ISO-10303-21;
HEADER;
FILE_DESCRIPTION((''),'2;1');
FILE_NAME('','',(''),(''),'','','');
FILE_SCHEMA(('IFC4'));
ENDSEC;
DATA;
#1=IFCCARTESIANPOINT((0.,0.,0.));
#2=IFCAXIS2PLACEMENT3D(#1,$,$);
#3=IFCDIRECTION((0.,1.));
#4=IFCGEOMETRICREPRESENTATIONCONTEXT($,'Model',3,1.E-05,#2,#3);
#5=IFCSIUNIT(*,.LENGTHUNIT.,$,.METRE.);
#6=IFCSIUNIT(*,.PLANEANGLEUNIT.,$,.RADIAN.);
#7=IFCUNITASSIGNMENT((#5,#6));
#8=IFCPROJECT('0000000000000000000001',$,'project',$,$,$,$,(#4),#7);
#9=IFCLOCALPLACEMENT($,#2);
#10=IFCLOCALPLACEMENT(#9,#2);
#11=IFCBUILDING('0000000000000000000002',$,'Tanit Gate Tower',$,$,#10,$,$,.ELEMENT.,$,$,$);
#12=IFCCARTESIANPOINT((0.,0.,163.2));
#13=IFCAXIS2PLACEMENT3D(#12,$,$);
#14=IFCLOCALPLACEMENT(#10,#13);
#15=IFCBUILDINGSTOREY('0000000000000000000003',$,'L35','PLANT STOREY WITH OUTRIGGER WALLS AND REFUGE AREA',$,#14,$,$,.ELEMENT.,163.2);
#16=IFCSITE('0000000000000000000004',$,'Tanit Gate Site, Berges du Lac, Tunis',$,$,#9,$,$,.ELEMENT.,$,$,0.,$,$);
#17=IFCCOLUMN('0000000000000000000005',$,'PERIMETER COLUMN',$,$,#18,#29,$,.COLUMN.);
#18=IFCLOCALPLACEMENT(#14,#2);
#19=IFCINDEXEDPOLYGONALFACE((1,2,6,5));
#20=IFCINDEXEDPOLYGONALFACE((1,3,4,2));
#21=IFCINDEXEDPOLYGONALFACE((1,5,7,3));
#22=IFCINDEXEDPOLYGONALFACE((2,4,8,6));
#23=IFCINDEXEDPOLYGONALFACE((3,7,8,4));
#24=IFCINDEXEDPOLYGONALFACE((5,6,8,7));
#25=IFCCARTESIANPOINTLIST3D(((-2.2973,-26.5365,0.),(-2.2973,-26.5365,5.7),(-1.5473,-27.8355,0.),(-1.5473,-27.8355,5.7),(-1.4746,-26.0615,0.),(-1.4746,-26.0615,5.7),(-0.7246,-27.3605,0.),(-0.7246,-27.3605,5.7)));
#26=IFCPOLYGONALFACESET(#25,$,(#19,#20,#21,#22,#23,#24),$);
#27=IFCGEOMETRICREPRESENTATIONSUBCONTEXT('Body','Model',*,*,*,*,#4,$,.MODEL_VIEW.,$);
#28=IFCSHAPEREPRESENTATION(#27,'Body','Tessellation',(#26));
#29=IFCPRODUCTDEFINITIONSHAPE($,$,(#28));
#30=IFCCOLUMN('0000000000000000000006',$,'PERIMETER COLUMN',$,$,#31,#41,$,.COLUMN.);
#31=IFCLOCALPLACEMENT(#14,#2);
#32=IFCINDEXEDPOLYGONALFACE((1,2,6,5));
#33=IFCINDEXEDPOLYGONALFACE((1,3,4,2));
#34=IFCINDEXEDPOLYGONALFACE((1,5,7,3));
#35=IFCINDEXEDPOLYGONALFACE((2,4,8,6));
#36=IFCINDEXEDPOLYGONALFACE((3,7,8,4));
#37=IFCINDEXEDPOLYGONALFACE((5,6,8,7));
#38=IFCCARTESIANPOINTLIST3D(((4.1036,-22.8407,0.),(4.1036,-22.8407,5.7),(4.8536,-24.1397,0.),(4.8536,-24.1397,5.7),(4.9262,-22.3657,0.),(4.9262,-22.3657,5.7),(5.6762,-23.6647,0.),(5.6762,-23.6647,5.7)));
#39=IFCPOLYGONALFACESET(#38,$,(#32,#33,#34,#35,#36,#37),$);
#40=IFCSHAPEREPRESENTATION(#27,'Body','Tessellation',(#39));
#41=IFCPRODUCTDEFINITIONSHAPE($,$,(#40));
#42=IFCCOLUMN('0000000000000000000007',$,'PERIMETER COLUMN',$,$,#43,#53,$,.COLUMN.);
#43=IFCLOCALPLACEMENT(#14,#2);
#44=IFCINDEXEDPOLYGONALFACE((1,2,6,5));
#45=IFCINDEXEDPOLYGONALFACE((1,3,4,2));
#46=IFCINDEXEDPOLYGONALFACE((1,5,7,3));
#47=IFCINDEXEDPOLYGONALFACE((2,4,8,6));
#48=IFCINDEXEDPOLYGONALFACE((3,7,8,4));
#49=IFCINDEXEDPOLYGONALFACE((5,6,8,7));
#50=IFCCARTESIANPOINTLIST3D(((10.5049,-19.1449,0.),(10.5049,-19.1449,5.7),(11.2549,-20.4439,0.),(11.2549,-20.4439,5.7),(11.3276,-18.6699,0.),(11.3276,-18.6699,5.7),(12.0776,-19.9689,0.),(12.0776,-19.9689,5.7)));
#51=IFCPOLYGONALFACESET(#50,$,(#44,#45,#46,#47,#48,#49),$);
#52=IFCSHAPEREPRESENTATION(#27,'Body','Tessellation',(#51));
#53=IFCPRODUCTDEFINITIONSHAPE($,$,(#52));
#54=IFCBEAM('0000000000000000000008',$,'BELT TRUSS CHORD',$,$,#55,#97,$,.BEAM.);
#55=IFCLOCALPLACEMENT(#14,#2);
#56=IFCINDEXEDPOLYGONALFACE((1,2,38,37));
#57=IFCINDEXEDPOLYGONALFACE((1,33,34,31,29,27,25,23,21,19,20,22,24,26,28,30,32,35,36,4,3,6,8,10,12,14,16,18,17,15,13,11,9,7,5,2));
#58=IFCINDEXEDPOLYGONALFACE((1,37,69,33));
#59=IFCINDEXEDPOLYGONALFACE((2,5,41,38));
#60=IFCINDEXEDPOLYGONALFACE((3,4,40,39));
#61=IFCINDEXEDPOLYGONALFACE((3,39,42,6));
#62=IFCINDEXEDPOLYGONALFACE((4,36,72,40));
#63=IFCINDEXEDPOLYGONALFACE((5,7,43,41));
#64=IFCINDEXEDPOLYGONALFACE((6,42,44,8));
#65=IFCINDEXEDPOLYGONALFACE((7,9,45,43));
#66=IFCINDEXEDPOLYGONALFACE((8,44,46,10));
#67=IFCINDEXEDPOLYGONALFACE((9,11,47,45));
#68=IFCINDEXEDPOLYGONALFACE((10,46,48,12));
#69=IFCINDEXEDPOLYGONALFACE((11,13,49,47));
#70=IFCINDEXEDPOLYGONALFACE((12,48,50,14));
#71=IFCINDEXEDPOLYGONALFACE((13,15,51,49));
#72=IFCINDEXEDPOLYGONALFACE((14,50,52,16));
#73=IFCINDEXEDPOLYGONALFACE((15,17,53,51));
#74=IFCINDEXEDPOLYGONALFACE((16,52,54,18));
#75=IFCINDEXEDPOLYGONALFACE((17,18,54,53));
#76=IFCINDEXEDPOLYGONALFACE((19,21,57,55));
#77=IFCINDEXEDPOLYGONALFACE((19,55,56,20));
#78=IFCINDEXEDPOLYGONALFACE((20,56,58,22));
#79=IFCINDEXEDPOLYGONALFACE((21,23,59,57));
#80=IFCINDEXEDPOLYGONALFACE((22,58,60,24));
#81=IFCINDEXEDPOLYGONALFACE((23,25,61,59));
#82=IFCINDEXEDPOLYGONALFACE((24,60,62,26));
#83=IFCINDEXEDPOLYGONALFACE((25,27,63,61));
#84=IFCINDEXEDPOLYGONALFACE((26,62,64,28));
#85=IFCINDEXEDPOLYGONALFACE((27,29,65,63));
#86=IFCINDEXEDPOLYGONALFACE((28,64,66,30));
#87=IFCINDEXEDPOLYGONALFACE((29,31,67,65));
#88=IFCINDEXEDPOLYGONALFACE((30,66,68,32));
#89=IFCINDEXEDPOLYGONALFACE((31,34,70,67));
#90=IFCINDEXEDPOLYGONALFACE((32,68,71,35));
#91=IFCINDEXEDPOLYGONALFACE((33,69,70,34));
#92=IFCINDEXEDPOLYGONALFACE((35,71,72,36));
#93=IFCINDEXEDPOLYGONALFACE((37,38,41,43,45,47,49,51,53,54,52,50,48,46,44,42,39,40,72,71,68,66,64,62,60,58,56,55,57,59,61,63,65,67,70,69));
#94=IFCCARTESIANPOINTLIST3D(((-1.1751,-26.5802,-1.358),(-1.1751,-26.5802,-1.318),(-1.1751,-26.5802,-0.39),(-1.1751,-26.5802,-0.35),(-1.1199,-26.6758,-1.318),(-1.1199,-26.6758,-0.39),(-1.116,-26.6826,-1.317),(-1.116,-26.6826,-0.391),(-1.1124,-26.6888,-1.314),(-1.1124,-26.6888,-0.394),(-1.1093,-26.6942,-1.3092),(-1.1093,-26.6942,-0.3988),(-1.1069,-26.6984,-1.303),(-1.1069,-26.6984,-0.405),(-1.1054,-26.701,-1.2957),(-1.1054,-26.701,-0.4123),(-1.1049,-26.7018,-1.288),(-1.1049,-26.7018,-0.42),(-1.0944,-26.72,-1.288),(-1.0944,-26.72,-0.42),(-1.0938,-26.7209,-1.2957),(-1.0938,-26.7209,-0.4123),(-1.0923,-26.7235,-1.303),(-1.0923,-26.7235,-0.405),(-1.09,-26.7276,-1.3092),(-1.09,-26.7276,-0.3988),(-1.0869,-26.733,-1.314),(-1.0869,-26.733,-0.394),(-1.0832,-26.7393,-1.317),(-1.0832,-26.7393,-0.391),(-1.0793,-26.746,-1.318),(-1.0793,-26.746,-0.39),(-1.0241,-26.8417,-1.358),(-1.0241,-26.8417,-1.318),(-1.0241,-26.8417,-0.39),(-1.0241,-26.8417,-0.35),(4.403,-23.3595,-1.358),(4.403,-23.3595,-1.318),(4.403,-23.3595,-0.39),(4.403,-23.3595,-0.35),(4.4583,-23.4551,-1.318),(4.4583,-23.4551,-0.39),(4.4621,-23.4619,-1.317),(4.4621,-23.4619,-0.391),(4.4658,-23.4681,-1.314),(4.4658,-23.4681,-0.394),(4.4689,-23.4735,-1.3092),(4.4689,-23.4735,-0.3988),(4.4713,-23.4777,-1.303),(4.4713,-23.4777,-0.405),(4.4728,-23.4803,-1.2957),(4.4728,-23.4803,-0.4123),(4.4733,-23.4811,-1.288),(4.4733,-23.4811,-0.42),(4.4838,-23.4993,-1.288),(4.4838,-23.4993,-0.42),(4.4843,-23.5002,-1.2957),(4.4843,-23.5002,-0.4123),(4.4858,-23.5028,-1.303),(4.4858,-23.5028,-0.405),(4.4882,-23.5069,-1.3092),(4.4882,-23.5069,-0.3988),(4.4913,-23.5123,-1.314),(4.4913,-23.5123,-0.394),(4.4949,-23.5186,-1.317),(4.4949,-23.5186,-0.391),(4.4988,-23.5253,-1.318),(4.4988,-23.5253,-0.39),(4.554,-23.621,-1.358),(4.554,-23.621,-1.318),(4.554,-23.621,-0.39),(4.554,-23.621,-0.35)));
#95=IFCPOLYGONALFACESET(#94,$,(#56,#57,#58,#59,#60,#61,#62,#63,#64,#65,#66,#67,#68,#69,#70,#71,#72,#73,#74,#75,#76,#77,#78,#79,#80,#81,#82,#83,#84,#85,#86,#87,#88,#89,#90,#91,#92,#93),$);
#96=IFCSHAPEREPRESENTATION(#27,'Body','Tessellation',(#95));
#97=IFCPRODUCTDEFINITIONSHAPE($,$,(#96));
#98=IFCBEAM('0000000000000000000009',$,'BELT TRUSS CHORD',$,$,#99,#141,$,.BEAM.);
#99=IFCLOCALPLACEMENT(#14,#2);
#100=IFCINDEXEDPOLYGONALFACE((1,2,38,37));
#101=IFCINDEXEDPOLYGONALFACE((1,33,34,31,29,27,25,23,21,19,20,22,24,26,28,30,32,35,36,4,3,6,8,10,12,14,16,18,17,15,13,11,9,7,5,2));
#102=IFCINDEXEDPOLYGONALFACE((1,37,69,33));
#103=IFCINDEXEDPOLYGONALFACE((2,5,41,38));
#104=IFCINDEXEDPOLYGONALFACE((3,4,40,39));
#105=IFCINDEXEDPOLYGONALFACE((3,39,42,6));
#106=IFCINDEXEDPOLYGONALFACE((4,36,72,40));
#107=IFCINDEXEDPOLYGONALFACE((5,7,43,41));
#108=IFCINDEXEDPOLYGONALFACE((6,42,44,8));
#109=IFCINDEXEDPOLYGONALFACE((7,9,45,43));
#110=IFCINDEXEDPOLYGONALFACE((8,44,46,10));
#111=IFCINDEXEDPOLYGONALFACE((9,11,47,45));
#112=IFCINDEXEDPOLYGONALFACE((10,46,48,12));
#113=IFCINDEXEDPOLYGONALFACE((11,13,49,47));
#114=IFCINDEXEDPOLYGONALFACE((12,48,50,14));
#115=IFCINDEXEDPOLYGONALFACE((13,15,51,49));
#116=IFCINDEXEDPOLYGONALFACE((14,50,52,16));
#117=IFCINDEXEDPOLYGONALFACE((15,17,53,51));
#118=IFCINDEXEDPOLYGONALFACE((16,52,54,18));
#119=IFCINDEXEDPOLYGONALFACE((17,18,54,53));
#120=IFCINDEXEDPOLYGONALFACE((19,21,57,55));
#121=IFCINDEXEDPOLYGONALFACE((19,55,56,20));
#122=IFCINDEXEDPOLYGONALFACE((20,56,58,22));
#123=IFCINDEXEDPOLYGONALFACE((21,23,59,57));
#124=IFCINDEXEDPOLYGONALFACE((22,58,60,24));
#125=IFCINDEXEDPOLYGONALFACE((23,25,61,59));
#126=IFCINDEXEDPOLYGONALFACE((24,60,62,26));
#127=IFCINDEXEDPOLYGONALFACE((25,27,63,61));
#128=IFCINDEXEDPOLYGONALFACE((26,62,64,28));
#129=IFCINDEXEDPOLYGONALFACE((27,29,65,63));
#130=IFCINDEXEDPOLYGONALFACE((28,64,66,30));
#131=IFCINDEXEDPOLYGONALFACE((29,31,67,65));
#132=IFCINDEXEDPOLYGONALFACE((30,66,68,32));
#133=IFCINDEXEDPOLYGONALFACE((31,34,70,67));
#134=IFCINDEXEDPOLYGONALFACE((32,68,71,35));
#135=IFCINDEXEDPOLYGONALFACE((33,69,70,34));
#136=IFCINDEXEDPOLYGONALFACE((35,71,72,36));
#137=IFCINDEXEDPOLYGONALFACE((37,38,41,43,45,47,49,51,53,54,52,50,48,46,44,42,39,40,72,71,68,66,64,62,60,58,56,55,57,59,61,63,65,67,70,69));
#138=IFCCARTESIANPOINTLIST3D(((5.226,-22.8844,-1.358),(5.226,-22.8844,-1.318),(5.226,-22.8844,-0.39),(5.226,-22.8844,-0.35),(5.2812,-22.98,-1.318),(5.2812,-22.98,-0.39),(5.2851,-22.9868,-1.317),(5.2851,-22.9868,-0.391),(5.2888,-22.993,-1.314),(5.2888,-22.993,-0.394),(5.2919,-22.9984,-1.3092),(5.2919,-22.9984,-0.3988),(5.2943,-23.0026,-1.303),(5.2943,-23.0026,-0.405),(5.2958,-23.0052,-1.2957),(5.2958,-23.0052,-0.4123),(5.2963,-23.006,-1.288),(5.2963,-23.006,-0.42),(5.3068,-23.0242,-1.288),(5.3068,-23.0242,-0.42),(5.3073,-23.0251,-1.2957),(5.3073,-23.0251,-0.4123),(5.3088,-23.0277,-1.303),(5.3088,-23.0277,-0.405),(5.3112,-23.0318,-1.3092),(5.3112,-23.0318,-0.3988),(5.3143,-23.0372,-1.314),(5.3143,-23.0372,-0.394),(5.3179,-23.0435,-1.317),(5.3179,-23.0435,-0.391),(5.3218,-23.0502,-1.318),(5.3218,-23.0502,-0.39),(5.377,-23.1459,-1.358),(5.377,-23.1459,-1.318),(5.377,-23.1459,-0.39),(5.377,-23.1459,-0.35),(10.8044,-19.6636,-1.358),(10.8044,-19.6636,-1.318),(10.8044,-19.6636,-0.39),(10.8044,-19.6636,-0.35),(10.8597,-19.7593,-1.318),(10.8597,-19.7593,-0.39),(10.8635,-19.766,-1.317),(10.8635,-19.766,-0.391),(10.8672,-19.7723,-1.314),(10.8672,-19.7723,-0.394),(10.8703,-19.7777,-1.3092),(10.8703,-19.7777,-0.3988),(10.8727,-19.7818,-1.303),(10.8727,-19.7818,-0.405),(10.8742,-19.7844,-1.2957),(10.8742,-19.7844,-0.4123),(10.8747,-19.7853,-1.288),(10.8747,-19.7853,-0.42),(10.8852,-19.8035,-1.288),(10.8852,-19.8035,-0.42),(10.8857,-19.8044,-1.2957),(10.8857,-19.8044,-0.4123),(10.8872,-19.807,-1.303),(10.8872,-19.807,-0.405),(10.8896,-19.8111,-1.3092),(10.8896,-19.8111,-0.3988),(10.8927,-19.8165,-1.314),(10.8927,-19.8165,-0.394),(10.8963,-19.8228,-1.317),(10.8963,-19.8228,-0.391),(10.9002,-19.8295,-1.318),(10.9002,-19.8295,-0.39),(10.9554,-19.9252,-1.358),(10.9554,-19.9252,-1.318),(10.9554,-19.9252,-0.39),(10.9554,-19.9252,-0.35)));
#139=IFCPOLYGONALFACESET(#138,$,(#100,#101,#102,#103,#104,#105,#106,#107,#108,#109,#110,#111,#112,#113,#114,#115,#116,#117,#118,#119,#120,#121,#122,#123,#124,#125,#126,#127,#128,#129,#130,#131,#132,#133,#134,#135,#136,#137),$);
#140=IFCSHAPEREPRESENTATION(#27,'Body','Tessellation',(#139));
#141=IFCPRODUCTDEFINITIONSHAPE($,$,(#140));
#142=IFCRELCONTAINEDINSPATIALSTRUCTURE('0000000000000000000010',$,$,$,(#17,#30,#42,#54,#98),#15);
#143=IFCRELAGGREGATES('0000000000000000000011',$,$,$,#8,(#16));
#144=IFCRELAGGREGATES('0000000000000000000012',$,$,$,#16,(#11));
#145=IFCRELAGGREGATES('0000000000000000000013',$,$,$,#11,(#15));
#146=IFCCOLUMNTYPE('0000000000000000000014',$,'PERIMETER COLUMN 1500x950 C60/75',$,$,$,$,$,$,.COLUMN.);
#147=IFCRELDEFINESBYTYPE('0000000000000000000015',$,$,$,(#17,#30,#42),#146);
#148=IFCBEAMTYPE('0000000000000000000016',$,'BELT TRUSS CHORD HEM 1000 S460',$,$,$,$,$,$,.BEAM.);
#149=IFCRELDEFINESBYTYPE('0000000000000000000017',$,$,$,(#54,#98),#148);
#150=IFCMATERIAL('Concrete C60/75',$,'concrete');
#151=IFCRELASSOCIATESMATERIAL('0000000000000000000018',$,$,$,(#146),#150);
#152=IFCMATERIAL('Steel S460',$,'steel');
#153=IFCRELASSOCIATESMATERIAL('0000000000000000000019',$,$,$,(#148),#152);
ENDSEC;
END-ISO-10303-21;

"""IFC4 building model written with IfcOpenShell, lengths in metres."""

from ifc_helpers import new_model, si_unit, direction, frame, origin, origin_2d, place, context, subcontext, project, spatial, rectangle, i_section, extrude, material, material_profile, profile_set, type_object, element, save


model = new_model("IFC4")

# Units and contexts
model_context = context("Model", 3, precision=1e-05, world=origin(), true_north=direction((0.0, 1.0)))
body_context = subcontext(model_context, "Body", "Model", "MODEL_VIEW")
ifc_project = project(units=[si_unit("LENGTHUNIT", "METRE"), si_unit("PLANEANGLEUNIT", "RADIAN")], contexts=[model_context])

# Site, building, storey
site_placement = place(None, origin())
site = spatial("IfcSite", under=ifc_project, at=site_placement, Name="Tanit Gate Site, Berges du Lac, Tunis", CompositionType="ELEMENT", RefElevation=0.0)
building_placement = place(site_placement, origin())
building = spatial("IfcBuilding", under=site, at=building_placement, Name="Tanit Gate Tower", CompositionType="ELEMENT")
storey_placement = place(building_placement, frame((0.0, 0.0, 163.2)))
storey = spatial("IfcBuildingStorey", under=building, at=storey_placement, Name="L35", Description="PLANT STOREY WITH OUTRIGGER WALLS AND REFUGE AREA", CompositionType="ELEMENT", Elevation=163.2)

# Columns
ifc_material_1 = material(Name="Concrete C60/75", Category="concrete")
ifc_material_profile_1 = material_profile(ifc_material_1, rectangle(XDim=1.5, YDim=0.95, at=origin_2d()), Name="RC 1500x950")
ifc_profile_set_1 = profile_set([ifc_material_profile_1], Name="Concrete C60/75")
column_type = type_object("IfcColumnType", Name="PERIMETER COLUMN 1500x950 C60/75", PredefinedType="COLUMN", material=ifc_profile_set_1)
for number, where, z_axis, x_axis, name in (
    (1, (-1.511, -26.9485, 0.0), (0.0, 0.0, 1.0), (0.5, -0.866025, 0.0), "PERIMETER COLUMN"),
    (2, (4.8899, -23.2527, 0.0), (0.0, 0.0, 1.0), (0.5, -0.866025, 0.0), "PERIMETER COLUMN"),
    (3, (11.2913, -19.5569, 0.0), (0.0, 0.0, 1.0), (0.5, -0.866025, 0.0), "PERIMETER COLUMN"),
):
    element("IfcColumn", number, at=place(storey_placement, frame(where, z_axis=z_axis, x_axis=x_axis)), inside=storey, type_object=column_type, Name=name, PredefinedType="COLUMN", context=body_context, shape_type="SweptSolid", body=[
        extrude(rectangle(XDim=1.5, YDim=0.95, at=origin_2d()), origin(), (0.0, 0.0, 1.0), 5.7),
    ])

# Beams
ifc_material_2 = material(Name="Steel S460", Category="steel")
ifc_material_profile_2 = material_profile(ifc_material_2, i_section(OverallWidth=0.302, OverallDepth=1.0081, WebThickness=0.021, FlangeThickness=0.04, FilletRadius=0.03, at=origin_2d()), Name="HEM 1000")
ifc_profile_set_2 = profile_set([ifc_material_profile_2], Name="Steel S460")
beam_type_1 = type_object("IfcBeamType", Name="BELT TRUSS CHORD HEM 1000 S460", PredefinedType="BEAM", material=ifc_profile_set_2)
beam_1_placement = place(storey_placement, frame((-1.0996, -26.7109, -0.854), z_axis=(0.866014, 0.50002, 0.0), x_axis=(-0.50002, 0.866014, 0.0)))
element("IfcBeam", 4, at=beam_1_placement, inside=storey, type_object=beam_type_1, Name="BELT TRUSS CHORD", PredefinedType="BEAM", context=body_context, shape_type="SweptSolid", body=[
    extrude(i_section(OverallWidth=0.302, OverallDepth=1.0081, WebThickness=0.021, FlangeThickness=0.04, FilletRadius=0.03, at=origin_2d()), origin(), (0.0, 0.0, 1.0), 6.4412),
])
beam_2_placement = place(storey_placement, frame((5.3015, -23.0151, -0.854), z_axis=(0.866023, 0.500004, 0.0), x_axis=(-0.500004, 0.866023, 0.0)))
element("IfcBeam", 5, at=beam_2_placement, inside=storey, type_object=beam_type_1, Name="BELT TRUSS CHORD", PredefinedType="BEAM", context=body_context, shape_type="SweptSolid", body=[
    extrude(i_section(OverallWidth=0.302, OverallDepth=1.0081, WebThickness=0.021, FlangeThickness=0.04, FilletRadius=0.03, at=origin_2d()), origin(), (0.0, 0.0, 1.0), 6.4414),
])

save(model, "model.ifc")
